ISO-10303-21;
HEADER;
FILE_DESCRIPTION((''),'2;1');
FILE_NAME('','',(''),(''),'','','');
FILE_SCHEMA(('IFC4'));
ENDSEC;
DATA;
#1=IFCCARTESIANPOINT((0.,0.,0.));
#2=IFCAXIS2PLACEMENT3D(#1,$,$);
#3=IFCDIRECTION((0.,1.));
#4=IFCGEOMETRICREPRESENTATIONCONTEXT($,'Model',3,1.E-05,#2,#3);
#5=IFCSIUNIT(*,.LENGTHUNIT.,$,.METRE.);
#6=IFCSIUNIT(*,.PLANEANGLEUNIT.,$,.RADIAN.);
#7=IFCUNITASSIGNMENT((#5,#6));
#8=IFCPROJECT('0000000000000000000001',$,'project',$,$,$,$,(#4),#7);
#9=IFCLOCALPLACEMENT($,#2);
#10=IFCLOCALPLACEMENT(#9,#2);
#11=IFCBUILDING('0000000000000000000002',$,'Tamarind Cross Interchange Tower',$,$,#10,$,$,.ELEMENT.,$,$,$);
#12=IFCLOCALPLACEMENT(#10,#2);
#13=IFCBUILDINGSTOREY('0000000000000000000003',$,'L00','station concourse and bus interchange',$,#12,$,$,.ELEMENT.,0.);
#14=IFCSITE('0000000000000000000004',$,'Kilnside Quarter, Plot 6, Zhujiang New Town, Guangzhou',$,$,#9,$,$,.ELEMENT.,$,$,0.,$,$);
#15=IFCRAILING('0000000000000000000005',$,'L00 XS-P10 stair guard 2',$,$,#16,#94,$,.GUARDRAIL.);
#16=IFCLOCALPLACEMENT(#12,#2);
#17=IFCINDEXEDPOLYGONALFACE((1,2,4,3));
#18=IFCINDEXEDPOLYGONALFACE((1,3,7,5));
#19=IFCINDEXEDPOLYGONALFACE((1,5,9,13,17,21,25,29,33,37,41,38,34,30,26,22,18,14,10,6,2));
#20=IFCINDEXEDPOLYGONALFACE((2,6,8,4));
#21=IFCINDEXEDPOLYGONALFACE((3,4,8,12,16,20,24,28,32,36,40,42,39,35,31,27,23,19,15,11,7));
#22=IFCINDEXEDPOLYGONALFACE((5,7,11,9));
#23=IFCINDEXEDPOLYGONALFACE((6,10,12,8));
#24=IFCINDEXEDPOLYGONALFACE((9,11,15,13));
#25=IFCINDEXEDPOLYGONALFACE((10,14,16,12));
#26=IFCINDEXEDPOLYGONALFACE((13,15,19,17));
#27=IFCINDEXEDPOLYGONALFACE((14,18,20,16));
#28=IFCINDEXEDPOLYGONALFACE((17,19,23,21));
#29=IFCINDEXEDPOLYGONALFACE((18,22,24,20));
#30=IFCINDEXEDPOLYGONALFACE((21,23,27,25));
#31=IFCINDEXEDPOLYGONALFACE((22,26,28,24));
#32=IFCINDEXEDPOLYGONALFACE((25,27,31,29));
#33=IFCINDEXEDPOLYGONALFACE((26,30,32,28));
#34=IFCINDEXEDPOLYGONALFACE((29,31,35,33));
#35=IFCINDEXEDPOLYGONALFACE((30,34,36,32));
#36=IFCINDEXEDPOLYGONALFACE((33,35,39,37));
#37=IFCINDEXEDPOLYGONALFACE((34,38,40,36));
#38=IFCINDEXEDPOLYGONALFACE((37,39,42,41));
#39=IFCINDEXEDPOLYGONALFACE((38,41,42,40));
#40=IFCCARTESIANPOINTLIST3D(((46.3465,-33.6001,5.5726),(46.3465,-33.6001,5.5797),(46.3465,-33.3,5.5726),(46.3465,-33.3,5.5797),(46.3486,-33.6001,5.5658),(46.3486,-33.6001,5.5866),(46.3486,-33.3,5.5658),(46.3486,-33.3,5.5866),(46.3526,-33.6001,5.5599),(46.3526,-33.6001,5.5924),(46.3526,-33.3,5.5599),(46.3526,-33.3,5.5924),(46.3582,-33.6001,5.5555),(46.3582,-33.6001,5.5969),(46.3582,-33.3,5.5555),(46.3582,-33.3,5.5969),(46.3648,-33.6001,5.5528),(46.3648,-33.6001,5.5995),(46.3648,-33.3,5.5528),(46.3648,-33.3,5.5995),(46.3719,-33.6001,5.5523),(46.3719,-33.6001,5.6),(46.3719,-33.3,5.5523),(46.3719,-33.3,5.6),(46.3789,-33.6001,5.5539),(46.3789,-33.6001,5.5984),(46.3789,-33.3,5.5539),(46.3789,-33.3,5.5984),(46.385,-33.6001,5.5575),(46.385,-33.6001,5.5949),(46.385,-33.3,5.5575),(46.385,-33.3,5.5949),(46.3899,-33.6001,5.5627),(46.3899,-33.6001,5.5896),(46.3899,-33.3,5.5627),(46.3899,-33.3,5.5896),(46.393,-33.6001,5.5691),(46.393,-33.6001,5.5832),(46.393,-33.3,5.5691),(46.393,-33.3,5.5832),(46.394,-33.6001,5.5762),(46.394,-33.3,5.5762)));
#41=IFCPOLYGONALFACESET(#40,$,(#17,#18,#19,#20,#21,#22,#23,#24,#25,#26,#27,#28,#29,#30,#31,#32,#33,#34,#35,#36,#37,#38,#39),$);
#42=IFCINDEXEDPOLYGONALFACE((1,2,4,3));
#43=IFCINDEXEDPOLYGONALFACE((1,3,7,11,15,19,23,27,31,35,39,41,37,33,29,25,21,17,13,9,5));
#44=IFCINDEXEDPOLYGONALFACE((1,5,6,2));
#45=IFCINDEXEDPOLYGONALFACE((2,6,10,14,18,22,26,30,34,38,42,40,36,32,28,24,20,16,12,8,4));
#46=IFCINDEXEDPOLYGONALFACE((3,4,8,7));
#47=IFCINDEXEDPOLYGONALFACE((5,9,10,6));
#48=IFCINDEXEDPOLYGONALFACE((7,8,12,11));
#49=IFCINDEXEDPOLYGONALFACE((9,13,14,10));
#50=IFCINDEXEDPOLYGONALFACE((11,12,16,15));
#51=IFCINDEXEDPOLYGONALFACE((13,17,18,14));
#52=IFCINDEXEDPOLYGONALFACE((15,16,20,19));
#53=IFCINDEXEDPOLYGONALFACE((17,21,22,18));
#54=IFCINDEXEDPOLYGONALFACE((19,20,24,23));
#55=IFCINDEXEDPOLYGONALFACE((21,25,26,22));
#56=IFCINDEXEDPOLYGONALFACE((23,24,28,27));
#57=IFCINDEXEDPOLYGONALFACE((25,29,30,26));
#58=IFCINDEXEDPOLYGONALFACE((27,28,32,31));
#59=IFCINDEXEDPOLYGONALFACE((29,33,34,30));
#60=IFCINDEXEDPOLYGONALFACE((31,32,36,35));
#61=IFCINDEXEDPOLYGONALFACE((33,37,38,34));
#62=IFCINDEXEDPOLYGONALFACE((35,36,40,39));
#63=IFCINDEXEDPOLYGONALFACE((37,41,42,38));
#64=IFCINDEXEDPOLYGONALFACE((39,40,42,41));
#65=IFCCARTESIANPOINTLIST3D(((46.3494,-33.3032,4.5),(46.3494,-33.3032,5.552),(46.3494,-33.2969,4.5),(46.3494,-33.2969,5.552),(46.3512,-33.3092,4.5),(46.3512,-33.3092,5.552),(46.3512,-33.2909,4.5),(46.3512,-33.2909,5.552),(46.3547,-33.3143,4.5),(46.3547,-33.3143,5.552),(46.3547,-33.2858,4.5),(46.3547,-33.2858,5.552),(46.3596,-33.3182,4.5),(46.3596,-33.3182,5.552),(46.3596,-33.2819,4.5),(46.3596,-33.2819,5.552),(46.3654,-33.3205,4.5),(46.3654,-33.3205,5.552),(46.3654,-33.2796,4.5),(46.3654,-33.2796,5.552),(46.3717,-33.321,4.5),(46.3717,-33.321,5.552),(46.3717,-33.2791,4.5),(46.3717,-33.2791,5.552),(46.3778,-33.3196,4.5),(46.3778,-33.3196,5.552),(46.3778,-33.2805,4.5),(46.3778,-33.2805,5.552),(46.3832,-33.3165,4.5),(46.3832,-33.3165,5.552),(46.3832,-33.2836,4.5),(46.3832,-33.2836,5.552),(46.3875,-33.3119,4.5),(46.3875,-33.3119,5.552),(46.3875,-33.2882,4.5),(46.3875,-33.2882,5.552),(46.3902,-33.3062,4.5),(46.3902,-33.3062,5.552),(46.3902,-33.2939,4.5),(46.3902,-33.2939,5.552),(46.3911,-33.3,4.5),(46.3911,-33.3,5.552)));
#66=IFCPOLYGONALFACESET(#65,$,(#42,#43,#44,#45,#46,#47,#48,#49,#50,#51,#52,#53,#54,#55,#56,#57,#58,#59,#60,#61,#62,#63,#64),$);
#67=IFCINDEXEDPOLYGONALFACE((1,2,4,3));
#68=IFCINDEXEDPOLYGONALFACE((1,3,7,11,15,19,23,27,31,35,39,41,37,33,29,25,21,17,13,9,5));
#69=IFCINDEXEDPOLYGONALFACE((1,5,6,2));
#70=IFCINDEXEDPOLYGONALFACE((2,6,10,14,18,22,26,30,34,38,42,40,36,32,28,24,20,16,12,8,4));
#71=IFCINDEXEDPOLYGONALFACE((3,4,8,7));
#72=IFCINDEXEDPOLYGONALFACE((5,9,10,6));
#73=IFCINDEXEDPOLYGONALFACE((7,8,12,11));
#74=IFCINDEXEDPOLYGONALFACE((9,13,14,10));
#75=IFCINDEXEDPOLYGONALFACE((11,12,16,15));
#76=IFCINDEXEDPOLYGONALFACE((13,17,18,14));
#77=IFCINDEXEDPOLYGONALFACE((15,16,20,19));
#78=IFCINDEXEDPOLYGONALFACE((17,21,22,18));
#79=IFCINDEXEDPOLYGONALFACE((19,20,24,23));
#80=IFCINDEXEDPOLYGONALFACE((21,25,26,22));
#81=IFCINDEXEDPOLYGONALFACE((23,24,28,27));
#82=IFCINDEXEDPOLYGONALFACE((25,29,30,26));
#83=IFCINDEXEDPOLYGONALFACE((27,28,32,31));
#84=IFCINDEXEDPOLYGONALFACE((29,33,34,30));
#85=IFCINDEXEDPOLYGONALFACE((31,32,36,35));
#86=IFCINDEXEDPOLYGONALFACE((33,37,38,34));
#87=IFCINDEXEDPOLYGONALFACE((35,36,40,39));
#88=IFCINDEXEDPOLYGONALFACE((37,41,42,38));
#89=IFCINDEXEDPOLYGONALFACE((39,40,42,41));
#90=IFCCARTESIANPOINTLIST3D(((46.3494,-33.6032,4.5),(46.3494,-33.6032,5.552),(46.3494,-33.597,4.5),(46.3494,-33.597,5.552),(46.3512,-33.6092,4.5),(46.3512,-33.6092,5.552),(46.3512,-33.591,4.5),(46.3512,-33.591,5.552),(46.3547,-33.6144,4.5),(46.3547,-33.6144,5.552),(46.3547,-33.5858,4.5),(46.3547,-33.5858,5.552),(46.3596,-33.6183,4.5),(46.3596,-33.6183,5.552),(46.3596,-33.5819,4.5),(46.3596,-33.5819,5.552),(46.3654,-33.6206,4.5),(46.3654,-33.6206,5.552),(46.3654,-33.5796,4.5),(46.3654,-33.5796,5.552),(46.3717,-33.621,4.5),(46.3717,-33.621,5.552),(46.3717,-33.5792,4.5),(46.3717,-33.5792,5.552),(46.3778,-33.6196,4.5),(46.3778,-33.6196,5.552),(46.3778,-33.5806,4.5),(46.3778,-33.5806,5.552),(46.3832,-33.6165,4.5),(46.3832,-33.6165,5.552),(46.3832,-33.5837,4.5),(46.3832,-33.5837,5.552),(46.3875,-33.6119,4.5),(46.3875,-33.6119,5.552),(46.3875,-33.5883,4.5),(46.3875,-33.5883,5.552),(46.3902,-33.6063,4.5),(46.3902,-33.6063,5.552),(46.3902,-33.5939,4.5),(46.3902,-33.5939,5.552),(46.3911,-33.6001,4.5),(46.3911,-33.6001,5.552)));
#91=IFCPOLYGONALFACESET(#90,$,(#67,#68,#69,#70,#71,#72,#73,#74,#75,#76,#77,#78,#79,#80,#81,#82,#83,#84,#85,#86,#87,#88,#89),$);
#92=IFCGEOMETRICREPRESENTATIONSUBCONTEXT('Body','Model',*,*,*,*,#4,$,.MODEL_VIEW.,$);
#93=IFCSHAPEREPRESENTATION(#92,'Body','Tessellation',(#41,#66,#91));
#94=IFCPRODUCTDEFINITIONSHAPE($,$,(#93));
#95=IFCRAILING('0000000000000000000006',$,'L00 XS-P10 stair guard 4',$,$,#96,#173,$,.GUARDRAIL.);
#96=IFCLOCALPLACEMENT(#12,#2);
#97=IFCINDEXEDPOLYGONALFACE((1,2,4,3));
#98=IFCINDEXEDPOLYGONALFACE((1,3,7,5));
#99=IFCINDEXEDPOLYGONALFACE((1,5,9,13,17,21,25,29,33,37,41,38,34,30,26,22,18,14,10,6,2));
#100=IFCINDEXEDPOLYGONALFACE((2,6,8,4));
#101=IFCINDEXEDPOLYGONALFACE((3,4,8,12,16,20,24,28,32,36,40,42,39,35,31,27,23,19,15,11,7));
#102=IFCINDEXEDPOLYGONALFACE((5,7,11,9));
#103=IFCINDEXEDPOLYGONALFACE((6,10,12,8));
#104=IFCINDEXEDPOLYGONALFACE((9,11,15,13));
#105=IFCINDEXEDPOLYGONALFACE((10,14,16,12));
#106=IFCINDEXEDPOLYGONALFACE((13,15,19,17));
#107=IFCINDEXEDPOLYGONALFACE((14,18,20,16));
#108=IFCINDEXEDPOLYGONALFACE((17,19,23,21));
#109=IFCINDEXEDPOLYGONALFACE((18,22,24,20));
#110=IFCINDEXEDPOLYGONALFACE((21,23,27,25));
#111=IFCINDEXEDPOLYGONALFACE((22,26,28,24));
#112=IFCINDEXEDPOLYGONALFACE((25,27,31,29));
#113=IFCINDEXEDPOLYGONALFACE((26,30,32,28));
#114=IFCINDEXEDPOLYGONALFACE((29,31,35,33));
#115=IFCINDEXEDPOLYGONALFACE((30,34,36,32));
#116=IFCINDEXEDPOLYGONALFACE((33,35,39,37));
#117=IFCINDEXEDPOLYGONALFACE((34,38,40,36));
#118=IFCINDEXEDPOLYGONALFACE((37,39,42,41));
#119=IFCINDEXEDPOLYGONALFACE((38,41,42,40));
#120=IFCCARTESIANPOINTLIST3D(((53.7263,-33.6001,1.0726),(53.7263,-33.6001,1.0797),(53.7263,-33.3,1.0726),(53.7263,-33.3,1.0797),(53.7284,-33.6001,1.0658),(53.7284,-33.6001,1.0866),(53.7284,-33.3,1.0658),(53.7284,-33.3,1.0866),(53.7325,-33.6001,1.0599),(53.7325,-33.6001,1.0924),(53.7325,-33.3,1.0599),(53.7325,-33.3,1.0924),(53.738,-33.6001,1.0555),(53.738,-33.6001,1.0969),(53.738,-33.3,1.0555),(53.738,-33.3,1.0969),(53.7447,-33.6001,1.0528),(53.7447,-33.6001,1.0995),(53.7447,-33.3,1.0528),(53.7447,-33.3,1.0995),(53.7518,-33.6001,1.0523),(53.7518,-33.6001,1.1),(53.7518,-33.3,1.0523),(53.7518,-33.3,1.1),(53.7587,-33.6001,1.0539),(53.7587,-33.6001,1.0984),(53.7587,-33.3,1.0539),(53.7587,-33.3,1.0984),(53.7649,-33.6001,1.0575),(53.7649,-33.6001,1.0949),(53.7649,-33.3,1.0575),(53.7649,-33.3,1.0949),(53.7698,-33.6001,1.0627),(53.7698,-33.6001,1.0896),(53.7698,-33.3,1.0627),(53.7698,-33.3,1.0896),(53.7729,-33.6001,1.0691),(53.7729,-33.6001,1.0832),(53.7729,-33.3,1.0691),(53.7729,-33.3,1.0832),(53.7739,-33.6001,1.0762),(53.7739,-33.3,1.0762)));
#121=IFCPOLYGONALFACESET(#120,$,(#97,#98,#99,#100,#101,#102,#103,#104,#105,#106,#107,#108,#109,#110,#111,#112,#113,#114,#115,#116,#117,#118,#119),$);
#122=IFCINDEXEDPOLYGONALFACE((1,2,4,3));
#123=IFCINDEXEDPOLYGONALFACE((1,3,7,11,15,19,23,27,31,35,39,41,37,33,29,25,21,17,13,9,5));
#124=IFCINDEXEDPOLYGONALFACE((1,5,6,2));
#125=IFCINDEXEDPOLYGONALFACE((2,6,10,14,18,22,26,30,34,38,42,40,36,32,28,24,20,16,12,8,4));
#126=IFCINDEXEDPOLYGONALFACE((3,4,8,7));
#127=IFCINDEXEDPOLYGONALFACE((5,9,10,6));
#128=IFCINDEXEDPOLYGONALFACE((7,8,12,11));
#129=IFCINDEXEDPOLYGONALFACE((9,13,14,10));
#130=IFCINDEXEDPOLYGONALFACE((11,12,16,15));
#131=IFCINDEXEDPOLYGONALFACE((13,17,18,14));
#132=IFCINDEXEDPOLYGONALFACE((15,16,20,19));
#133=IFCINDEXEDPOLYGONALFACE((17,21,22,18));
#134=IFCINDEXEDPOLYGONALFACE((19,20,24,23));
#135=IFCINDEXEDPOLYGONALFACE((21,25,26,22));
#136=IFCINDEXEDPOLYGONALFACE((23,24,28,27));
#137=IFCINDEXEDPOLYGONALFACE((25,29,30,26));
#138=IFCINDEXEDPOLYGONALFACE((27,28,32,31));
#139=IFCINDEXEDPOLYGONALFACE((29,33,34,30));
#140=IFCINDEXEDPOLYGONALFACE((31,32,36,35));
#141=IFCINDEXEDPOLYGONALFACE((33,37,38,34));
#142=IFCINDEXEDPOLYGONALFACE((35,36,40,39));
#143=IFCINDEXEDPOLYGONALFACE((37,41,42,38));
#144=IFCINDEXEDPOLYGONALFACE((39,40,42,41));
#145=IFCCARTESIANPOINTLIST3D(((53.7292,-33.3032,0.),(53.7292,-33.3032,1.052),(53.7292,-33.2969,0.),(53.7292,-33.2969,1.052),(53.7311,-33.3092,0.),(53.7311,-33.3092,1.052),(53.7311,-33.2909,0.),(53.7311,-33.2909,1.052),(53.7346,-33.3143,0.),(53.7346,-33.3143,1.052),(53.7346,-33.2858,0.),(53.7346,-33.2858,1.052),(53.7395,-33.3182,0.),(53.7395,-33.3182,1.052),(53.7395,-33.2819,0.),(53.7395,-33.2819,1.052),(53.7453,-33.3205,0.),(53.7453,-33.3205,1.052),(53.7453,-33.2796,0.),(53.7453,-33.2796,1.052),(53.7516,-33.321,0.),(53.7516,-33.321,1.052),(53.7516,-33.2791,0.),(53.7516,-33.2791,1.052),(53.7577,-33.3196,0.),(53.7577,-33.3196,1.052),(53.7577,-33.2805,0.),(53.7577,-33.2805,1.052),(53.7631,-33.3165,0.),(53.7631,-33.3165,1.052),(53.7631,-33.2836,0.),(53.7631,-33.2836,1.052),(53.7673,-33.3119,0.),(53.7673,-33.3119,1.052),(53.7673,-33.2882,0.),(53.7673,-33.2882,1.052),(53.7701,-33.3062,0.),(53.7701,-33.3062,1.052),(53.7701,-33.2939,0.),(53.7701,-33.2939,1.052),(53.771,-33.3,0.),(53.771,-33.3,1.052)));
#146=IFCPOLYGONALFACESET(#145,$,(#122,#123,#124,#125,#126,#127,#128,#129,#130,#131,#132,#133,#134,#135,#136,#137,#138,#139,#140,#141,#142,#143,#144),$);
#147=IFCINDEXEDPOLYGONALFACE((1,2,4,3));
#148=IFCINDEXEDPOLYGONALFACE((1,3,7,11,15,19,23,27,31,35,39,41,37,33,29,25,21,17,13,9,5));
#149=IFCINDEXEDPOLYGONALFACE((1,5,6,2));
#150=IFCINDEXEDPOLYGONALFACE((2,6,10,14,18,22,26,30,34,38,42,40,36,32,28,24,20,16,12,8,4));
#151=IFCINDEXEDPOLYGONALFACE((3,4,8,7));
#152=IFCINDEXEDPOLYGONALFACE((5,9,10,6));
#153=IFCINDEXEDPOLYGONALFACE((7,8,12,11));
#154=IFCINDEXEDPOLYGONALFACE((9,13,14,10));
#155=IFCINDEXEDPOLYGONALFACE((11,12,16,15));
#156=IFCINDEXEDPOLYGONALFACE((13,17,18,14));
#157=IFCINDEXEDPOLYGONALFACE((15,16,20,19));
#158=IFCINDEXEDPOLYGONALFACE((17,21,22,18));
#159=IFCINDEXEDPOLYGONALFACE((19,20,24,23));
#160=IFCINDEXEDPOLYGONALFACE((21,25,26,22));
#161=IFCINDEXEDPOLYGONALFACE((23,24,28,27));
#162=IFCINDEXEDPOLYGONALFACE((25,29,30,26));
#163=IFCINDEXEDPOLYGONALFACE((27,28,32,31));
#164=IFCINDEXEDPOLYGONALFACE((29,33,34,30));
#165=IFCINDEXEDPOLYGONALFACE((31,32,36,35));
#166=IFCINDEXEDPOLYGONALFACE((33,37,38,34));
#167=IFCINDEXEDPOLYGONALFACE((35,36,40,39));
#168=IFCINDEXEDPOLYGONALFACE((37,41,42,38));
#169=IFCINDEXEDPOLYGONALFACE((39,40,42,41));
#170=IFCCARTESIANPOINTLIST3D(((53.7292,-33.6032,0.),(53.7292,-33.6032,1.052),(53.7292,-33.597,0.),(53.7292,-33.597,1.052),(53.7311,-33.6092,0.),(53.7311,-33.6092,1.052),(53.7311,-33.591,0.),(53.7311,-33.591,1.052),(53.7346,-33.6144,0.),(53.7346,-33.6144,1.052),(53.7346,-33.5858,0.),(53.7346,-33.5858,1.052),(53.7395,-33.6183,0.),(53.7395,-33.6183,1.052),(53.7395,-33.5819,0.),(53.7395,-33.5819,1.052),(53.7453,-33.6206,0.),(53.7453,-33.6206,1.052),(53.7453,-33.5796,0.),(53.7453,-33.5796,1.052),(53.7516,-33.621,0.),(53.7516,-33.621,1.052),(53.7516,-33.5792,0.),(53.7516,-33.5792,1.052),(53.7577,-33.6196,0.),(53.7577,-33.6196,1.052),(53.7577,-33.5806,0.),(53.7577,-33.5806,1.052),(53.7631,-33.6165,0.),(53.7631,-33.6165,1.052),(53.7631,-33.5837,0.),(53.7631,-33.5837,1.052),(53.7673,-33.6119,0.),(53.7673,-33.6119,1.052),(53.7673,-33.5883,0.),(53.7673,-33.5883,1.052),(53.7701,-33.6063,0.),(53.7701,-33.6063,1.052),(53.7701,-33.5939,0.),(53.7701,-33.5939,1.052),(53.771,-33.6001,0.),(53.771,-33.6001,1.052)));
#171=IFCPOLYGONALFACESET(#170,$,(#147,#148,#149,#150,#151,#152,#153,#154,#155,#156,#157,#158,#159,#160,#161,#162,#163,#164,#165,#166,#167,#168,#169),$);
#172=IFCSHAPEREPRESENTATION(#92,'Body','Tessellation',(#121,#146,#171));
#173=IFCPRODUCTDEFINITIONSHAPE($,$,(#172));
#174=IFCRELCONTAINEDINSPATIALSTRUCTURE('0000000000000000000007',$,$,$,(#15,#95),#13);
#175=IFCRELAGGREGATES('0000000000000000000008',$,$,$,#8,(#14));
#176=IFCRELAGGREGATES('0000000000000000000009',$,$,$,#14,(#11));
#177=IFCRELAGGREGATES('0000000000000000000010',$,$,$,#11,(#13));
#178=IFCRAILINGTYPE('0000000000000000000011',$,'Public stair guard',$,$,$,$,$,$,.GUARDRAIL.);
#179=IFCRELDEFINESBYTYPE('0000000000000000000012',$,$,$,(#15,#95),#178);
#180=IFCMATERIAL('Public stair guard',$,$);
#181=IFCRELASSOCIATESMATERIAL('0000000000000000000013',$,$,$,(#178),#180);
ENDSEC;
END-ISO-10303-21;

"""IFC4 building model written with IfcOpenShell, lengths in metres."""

from ifc_helpers import new_model, si_unit, direction, frame, origin, origin_2d, place, context, subcontext, project, spatial, circle, extrude, material, type_object, element, save


model = new_model("IFC4")

# Units and contexts
model_context = context("Model", 3, precision=1e-05, world=origin(), true_north=direction((0.0, 1.0)))
body_context = subcontext(model_context, "Body", "Model", "MODEL_VIEW")
ifc_project = project(units=[si_unit("LENGTHUNIT", "METRE"), si_unit("PLANEANGLEUNIT", "RADIAN")], contexts=[model_context])

# Site, building, storey
site_placement = place(None, origin())
site = spatial("IfcSite", under=ifc_project, at=site_placement, Name="Kilnside Quarter, Plot 6, Zhujiang New Town, Guangzhou", CompositionType="ELEMENT", RefElevation=0.0)
building_placement = place(site_placement, origin())
building = spatial("IfcBuilding", under=site, at=building_placement, Name="Tamarind Cross Interchange Tower", CompositionType="ELEMENT")
storey_placement = place(building_placement, origin())
storey = spatial("IfcBuildingStorey", under=building, at=storey_placement, Name="L00", Description="station concourse and bus interchange", CompositionType="ELEMENT", Elevation=0.0)

# Railings
ifc_material_1 = material(Name="Public stair guard")
railing_type_1 = type_object("IfcRailingType", Name="Public stair guard", PredefinedType="GUARDRAIL", material=ifc_material_1)
railing_1_placement = place(storey_placement, frame((46.3701, -33.3, 4.5)))
element("IfcRailing", 1, at=railing_1_placement, inside=storey, type_object=railing_type_1, Name="L00 XS-P10 stair guard 2", PredefinedType="GUARDRAIL", context=body_context, shape_type="SweptSolid", body=[
    extrude(circle(Radius=0.0239, at=origin_2d()), frame((0.0, 0.0, 1.0762), z_axis=(0.0, -1.0, 0.0), x_axis=(1.0, 0.0, 0.0)), (0.0, 0.0, 1.0), 0.3),
    extrude(circle(Radius=0.021, at=origin_2d()), origin(), (0.0, 0.0, 1.0), 1.052),
    extrude(circle(Radius=0.021, at=origin_2d()), frame((0.0, -0.3, 0.0)), (0.0, 0.0, 1.0), 1.052),
])
railing_2_placement = place(storey_placement, frame((53.75, -33.3, 0.0)))
element("IfcRailing", 2, at=railing_2_placement, inside=storey, type_object=railing_type_1, Name="L00 XS-P10 stair guard 4", PredefinedType="GUARDRAIL", context=body_context, shape_type="SweptSolid", body=[
    extrude(circle(Radius=0.0239, at=origin_2d()), frame((0.0, 0.0, 1.0762), z_axis=(0.0, -1.0, 0.0), x_axis=(1.0, 0.0, 0.0)), (0.0, 0.0, 1.0), 0.3),
    extrude(circle(Radius=0.021, at=origin_2d()), origin(), (0.0, 0.0, 1.0), 1.052),
    extrude(circle(Radius=0.021, at=origin_2d()), frame((0.0, -0.3, 0.0)), (0.0, 0.0, 1.0), 1.052),
])

save(model, "model.ifc")
